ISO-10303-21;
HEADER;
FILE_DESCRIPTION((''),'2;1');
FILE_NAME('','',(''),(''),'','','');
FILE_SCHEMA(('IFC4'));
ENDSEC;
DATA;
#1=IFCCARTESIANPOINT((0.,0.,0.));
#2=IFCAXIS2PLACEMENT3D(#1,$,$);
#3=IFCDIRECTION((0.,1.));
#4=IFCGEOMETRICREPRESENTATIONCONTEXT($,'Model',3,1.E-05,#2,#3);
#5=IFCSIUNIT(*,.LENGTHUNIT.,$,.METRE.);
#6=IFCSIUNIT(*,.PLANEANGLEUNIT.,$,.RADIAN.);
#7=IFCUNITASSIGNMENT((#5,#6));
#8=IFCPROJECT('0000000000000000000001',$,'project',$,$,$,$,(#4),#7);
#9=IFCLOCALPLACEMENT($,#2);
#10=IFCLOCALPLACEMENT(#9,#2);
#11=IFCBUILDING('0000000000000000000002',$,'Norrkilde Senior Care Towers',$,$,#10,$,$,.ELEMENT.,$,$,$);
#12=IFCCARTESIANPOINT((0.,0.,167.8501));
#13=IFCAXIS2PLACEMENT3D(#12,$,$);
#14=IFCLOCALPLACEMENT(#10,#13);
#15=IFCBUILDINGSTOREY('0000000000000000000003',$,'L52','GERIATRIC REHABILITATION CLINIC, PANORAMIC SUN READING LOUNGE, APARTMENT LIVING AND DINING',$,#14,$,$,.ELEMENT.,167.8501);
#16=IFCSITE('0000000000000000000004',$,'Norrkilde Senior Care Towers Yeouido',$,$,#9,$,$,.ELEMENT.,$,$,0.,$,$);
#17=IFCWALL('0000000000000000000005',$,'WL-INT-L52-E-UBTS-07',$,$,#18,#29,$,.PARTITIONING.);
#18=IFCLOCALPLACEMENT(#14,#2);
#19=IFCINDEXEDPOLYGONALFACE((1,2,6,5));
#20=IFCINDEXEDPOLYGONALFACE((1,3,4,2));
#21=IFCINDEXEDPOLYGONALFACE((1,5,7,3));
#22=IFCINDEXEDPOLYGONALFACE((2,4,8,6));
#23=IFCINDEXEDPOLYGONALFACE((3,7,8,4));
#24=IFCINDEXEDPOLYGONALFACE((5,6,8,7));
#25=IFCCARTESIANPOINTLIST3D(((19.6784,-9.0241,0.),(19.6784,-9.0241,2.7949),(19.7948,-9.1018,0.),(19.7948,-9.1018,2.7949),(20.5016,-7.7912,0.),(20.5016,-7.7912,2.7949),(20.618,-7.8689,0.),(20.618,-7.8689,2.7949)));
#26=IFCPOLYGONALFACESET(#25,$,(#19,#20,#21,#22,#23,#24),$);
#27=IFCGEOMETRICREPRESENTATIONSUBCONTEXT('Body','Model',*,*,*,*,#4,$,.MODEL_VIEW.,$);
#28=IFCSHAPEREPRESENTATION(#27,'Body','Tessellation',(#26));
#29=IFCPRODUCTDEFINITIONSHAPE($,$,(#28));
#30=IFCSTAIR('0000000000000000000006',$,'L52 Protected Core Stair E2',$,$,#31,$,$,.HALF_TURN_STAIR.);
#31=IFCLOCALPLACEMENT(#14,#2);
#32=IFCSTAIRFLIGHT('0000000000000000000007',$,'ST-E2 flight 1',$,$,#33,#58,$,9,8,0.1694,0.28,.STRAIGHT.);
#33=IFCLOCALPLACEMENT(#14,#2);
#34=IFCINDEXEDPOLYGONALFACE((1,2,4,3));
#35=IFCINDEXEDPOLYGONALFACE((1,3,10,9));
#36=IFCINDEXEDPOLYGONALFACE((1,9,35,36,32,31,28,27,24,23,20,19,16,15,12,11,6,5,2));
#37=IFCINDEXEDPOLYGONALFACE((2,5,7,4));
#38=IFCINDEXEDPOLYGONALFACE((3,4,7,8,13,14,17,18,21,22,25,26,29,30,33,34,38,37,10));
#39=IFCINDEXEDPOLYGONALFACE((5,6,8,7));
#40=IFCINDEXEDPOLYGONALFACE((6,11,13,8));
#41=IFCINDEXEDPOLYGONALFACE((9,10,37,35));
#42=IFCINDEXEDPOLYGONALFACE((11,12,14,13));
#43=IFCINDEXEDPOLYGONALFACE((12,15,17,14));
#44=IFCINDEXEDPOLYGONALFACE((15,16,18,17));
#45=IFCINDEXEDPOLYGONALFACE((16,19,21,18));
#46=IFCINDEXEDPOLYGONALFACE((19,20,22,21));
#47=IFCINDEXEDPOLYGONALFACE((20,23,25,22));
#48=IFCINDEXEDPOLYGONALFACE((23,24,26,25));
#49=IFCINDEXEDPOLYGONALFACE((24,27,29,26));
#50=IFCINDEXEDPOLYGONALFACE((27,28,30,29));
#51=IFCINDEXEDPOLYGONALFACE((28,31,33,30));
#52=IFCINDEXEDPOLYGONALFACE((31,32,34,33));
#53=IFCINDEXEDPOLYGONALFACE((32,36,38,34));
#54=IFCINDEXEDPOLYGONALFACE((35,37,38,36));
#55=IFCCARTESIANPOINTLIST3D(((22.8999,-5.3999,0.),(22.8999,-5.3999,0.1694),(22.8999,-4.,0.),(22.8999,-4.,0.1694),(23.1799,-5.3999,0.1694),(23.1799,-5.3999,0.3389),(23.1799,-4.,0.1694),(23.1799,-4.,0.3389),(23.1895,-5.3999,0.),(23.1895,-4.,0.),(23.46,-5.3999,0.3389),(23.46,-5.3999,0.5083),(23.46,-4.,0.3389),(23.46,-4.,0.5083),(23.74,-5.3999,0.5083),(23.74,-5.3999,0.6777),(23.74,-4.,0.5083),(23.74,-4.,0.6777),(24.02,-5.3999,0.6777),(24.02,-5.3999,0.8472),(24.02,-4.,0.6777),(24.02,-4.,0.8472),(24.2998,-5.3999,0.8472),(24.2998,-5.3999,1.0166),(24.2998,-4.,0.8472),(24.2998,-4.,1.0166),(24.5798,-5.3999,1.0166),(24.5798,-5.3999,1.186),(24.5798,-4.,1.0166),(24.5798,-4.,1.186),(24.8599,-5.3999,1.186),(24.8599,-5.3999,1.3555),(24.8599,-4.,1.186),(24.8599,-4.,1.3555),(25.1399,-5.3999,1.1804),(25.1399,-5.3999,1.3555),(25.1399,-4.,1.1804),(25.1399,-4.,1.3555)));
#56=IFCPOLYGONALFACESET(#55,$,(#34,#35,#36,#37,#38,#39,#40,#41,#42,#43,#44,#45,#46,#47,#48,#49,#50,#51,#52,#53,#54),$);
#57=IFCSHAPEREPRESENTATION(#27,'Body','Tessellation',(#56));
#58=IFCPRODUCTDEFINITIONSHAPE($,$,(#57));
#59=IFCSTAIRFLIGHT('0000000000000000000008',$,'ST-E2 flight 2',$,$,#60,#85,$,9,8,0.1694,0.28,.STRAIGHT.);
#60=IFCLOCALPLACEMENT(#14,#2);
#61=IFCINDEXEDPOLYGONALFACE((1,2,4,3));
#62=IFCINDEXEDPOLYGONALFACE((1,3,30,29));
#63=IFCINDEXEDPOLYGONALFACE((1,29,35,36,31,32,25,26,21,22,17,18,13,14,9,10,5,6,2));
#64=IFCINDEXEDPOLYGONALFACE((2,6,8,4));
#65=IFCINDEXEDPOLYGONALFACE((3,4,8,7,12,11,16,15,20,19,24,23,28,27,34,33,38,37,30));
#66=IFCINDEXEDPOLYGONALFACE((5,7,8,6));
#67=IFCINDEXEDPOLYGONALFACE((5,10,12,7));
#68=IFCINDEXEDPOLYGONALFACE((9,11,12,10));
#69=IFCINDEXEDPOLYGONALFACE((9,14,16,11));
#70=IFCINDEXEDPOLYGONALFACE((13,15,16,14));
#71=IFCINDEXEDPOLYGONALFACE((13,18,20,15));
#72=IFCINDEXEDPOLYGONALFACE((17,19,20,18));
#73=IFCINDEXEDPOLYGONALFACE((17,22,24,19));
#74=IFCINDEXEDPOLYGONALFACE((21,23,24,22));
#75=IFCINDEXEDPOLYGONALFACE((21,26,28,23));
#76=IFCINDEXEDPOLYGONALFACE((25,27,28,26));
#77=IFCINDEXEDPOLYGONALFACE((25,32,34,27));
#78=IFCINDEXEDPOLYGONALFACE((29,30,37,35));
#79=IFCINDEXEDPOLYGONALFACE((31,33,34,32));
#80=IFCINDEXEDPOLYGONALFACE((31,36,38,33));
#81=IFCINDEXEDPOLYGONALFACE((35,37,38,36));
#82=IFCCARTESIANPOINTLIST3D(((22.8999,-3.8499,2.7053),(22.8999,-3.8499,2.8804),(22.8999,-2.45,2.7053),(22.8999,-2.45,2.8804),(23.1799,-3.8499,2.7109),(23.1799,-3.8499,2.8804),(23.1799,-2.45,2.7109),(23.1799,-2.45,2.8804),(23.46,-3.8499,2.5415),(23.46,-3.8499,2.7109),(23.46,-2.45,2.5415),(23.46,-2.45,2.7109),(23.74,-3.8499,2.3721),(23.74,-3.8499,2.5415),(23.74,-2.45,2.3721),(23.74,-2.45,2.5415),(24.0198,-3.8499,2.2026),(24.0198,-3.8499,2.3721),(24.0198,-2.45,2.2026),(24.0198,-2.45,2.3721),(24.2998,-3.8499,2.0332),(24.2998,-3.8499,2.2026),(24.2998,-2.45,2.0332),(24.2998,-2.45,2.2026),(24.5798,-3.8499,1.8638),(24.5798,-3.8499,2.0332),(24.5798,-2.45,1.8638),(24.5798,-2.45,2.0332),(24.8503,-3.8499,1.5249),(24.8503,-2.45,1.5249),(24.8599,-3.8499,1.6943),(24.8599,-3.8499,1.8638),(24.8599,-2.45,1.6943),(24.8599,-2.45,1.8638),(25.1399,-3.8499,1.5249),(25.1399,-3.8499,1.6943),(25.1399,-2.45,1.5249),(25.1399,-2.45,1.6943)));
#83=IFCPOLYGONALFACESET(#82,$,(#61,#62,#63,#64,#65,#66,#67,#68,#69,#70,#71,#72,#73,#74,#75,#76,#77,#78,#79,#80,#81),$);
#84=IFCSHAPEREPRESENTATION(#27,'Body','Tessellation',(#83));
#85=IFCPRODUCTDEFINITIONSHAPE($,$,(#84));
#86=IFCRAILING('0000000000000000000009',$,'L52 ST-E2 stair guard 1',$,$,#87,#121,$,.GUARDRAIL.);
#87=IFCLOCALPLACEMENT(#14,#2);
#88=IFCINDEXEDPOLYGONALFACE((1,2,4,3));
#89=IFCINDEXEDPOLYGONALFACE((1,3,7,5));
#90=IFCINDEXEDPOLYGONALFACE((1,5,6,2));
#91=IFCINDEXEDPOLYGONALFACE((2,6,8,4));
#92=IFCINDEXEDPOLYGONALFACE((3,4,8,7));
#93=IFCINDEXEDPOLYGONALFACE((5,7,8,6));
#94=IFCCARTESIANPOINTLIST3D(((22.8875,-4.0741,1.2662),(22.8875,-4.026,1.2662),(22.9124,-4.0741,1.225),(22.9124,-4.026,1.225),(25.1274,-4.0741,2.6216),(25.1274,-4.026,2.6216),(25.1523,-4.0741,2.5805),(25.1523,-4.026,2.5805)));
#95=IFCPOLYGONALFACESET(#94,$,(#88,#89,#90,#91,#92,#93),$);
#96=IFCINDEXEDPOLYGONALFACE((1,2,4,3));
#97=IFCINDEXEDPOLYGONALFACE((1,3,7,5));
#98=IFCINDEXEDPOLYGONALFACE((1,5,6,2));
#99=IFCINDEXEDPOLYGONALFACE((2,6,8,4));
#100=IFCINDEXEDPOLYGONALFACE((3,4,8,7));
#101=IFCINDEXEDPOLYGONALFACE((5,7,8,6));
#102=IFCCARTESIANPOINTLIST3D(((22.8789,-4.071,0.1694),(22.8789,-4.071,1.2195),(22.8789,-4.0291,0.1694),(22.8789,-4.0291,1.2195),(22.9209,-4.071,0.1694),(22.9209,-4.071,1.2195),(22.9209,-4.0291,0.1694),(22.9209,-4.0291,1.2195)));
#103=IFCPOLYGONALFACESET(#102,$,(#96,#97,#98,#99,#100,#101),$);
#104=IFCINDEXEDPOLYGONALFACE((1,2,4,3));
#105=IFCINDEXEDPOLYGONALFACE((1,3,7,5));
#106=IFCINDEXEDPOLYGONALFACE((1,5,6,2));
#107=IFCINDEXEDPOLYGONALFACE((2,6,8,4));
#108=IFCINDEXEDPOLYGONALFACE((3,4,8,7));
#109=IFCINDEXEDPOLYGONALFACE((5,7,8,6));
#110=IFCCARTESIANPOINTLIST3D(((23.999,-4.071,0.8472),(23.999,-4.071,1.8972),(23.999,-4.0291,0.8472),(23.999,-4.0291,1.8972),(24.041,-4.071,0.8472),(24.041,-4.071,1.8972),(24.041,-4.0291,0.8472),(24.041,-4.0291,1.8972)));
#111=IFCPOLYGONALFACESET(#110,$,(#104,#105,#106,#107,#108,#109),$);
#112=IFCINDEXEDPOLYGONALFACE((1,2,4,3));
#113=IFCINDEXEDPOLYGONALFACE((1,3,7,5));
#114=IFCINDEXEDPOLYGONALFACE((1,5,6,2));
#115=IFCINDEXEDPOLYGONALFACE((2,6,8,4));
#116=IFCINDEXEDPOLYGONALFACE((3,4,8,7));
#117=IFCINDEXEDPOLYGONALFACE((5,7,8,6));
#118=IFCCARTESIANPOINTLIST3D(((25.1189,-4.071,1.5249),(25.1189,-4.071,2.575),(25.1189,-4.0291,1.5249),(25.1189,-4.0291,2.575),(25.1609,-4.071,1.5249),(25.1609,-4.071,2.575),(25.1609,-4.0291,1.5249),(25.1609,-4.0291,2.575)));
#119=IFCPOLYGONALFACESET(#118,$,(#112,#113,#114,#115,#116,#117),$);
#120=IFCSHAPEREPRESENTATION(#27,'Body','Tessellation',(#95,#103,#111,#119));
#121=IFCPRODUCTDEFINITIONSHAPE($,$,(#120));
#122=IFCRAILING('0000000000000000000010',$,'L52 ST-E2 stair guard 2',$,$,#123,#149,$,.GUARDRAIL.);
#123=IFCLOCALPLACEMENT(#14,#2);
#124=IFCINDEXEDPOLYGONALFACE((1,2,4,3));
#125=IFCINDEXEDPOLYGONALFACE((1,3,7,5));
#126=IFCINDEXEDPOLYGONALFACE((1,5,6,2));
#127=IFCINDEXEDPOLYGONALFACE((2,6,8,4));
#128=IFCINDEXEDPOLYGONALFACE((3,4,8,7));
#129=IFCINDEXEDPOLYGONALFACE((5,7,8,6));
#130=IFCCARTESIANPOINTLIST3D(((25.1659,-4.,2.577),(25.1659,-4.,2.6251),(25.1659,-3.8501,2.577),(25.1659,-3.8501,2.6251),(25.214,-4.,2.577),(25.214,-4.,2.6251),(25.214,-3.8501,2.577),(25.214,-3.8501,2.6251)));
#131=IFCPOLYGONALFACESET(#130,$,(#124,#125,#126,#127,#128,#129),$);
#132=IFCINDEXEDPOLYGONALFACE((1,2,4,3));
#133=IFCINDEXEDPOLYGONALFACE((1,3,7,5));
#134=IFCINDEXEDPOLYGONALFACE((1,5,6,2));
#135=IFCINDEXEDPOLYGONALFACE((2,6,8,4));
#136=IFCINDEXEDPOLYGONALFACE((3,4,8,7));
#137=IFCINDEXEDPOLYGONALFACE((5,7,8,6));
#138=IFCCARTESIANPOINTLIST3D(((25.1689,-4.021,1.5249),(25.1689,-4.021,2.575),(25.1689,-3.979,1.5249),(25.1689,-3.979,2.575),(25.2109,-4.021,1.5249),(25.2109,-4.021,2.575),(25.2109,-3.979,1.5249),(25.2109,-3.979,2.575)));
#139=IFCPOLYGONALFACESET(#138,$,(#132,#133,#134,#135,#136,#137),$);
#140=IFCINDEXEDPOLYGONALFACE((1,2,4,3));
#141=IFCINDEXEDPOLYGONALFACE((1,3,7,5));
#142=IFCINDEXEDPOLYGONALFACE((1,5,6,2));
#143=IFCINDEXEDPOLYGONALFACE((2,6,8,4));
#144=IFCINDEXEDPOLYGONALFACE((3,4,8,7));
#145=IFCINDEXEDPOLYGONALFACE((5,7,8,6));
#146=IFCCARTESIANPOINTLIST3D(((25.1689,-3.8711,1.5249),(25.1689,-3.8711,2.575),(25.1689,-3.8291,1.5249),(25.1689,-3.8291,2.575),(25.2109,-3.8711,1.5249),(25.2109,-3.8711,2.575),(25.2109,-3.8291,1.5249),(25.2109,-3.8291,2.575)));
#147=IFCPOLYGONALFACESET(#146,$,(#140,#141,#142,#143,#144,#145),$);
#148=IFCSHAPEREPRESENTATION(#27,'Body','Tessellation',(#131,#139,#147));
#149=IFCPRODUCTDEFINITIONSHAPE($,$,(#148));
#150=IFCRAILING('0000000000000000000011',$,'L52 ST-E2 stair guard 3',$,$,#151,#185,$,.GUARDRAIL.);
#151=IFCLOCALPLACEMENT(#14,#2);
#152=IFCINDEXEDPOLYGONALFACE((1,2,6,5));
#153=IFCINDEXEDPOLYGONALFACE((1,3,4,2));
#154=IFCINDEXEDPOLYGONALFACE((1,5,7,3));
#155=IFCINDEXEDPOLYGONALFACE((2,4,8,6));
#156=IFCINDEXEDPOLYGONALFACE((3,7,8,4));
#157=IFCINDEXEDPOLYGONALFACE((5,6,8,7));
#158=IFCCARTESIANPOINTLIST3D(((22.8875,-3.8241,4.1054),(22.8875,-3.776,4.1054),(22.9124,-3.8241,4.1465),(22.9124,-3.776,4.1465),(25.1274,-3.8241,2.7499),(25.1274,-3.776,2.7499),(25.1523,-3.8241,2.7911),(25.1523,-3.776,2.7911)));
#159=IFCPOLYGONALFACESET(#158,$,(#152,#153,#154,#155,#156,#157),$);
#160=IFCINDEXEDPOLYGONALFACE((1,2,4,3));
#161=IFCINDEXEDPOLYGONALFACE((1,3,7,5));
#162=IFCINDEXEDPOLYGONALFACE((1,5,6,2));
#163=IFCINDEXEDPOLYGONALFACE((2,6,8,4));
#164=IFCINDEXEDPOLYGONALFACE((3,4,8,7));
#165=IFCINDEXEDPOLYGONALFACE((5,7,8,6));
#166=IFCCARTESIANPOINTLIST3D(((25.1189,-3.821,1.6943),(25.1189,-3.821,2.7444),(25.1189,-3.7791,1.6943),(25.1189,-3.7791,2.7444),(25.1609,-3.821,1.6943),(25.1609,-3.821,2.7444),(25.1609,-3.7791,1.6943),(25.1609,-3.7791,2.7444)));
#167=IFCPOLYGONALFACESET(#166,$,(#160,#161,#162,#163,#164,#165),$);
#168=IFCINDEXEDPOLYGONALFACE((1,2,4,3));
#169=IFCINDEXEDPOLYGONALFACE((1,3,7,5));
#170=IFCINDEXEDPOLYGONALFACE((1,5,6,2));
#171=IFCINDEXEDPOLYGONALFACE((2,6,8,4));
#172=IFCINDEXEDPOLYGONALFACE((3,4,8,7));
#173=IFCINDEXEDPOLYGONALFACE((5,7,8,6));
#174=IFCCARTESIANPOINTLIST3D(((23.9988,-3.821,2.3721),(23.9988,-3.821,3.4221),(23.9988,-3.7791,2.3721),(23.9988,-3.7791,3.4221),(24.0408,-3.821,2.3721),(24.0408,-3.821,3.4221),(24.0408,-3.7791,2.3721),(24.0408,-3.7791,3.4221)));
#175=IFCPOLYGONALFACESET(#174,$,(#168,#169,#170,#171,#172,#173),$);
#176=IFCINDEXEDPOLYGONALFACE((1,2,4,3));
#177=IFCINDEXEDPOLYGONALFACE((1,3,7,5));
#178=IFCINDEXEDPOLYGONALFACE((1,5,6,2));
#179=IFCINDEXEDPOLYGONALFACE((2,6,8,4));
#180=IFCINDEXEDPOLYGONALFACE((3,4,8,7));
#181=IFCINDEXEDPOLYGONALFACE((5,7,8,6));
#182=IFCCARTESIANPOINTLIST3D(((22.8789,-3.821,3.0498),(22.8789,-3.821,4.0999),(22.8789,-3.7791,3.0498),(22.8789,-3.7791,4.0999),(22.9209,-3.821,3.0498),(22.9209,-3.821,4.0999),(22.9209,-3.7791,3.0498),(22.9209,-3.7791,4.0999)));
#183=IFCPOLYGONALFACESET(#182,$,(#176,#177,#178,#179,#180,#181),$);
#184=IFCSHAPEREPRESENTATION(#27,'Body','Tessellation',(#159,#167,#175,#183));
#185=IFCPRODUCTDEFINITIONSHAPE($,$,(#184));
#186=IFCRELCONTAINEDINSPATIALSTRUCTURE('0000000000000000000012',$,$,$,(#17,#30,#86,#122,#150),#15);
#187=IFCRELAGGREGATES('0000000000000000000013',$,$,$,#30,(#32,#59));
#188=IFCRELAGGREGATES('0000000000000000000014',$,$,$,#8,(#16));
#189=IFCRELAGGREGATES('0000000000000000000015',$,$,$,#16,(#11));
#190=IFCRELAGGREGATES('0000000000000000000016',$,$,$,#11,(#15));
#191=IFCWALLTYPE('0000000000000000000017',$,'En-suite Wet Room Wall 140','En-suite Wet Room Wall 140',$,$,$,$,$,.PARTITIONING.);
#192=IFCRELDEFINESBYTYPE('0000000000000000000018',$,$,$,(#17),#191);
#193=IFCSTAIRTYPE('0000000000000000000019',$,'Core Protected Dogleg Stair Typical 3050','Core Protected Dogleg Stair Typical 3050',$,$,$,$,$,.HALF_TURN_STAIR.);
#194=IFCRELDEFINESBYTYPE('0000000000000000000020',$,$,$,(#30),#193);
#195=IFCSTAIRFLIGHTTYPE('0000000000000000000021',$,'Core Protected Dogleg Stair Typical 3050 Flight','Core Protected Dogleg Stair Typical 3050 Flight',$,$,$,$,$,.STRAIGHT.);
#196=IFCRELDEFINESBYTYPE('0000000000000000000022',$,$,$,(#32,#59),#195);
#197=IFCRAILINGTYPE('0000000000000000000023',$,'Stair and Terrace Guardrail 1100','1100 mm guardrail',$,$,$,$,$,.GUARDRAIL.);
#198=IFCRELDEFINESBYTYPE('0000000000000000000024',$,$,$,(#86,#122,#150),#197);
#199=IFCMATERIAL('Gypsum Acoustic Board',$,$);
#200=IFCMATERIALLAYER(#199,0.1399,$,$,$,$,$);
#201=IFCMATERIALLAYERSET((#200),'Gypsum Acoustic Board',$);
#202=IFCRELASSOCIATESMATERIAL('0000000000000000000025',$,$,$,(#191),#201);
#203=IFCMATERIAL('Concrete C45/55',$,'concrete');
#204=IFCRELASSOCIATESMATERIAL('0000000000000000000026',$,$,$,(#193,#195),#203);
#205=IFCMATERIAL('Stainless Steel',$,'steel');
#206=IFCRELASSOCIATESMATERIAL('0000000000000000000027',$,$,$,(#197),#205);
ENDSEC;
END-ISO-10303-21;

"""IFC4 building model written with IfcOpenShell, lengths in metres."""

from ifc_helpers import new_model, si_unit, direction, frame, frame_2d, origin, origin_2d, place, context, subcontext, project, spatial, polyline, rectangle, outline, extrude, source, transform, mapped, material, layer, layer_set, type_object, type_shapes, element, aggregate, save


model = new_model("IFC4")

# Units and contexts
model_context = context("Model", 3, precision=1e-05, world=origin(), true_north=direction((0.0, 1.0)))
body_context = subcontext(model_context, "Body", "Model", "MODEL_VIEW")
ifc_project = project(units=[si_unit("LENGTHUNIT", "METRE"), si_unit("PLANEANGLEUNIT", "RADIAN")], contexts=[model_context])

# Site, building, storey
site_placement = place(None, origin())
site = spatial("IfcSite", under=ifc_project, at=site_placement, Name="Norrkilde Senior Care Towers Yeouido", CompositionType="ELEMENT", RefElevation=0.0)
building_placement = place(site_placement, origin())
building = spatial("IfcBuilding", under=site, at=building_placement, Name="Norrkilde Senior Care Towers", CompositionType="ELEMENT")
storey_placement = place(building_placement, frame((0.0, 0.0, 167.8501)))
storey = spatial("IfcBuildingStorey", under=building, at=storey_placement, Name="L52", Description="GERIATRIC REHABILITATION CLINIC, PANORAMIC SUN READING LOUNGE, APARTMENT LIVING AND DINING", CompositionType="ELEMENT", Elevation=167.8501)

# Shared definitions
ifc_material_1 = material(Name="Concrete C45/55", Category="concrete")

# Shared definitions
ifc_material_2 = material(Name="Gypsum Acoustic Board")

# Wall
ifc_layer_1 = layer(ifc_material_2, 0.1399)
ifc_layer_set_1 = layer_set([ifc_layer_1], Name="Gypsum Acoustic Board")
wall_type_1 = type_object("IfcWallType", Name="En-suite Wet Room Wall 140", Description="En-suite Wet Room Wall 140", PredefinedType="PARTITIONING", material=ifc_layer_set_1)
shared_shape_1 = source(origin(), body_context, "Body", "SweptSolid", [
    extrude(rectangle(XDim=1.4824, YDim=0.1399, at=frame_2d((0.7412, 0.0))), origin(), (0.0, 0.0, 1.0), 2.7949),
])
type_shapes(wall_type_1, [shared_shape_1])
wall_1_placement = place(storey_placement, frame((20.5598, -7.8301, 0.0), z_axis=(0.0, 0.0, 1.0), x_axis=(-0.555308, -0.831645, 0.0)))
element("IfcWall", 1, at=wall_1_placement, inside=storey, type_object=wall_type_1, Name="WL-INT-L52-E-UBTS-07", PredefinedType="PARTITIONING", context=body_context, shape_type="MappedRepresentation", body=[
    mapped(shared_shape_1, transform((0.0, 0.0, 0.0), x_axis=(1.0, 0.0, 0.0), y_axis=(0.0, 1.0, 0.0), z_axis=(0.0, 0.0, 1.0), scale=1.0)),
])

# Stair, stair flights
stair_type = type_object("IfcStairType", Name="Core Protected Dogleg Stair Typical 3050", Description="Core Protected Dogleg Stair Typical 3050", PredefinedType="HALF_TURN_STAIR", material=ifc_material_1)
stair_placement = place(storey_placement, origin())
stair = element("IfcStair", 2, at=stair_placement, inside=storey, type_object=stair_type, Name="L52 Protected Core Stair E2", PredefinedType="HALF_TURN_STAIR")
stair_flight_type = type_object("IfcStairFlightType", Name="Core Protected Dogleg Stair Typical 3050 Flight", Description="Core Protected Dogleg Stair Typical 3050 Flight", PredefinedType="STRAIGHT", material=ifc_material_1)
stair_flight_1_placement = place(storey_placement, frame((22.8999, -4.7, 0.0), z_axis=(0.0, 0.0, 1.0), x_axis=(1.0, 0.0, 0.0)))
stair_flight_1 = element("IfcStairFlight", 3, at=stair_flight_1_placement, type_object=stair_flight_type, Name="ST-E2 flight 1", NumberOfRisers=9, NumberOfTreads=8, PredefinedType="STRAIGHT", RiserHeight=0.1694, TreadLength=0.28, context=body_context, shape_type="SweptSolid", body=[
    extrude(outline(polyline([(0.0, 0.0), (0.0, 0.1694), (0.28, 0.1694), (0.28, 0.3389), (0.5601, 0.3389), (0.5601, 0.5083), (0.8401, 0.5083), (0.8401, 0.6777), (1.1201, 0.6777), (1.1201, 0.8472), (1.3999, 0.8472), (1.3999, 1.0166), (1.6799, 1.0166), (1.6799, 1.186), (1.96, 1.186), (1.96, 1.3555), (2.24, 1.3555), (2.24, 1.5249), (2.24, 1.1804), (0.2896, 0.0), (0.0, 0.0)])), frame((0.0, 0.7, 0.0), z_axis=(0.0, -1.0, 0.0), x_axis=(1.0, 0.0, 0.0)), (0.0, 0.0, 1.0), 1.3999),
])
stair_flight_2_placement = place(storey_placement, frame((25.1399, -3.1499, 1.5249), z_axis=(0.0, 0.0, 1.0), x_axis=(-1.0, 0.0, 0.0)))
stair_flight_2 = element("IfcStairFlight", 4, at=stair_flight_2_placement, type_object=stair_flight_type, Name="ST-E2 flight 2", NumberOfRisers=9, NumberOfTreads=8, PredefinedType="STRAIGHT", RiserHeight=0.1694, TreadLength=0.28, context=body_context, shape_type="SweptSolid", body=[
    extrude(outline(polyline([(0.0, 0.0), (0.0, 0.1694), (0.28, 0.1694), (0.28, 0.3389), (0.5601, 0.3389), (0.5601, 0.5083), (0.8401, 0.5083), (0.8401, 0.6777), (1.1201, 0.6777), (1.1201, 0.8472), (1.3999, 0.8472), (1.3999, 1.0166), (1.6799, 1.0166), (1.6799, 1.186), (1.96, 1.186), (1.96, 1.3555), (2.24, 1.3555), (2.24, 1.5249), (2.24, 1.1804), (0.2896, 0.0), (0.0, 0.0)])), frame((0.0, 0.7, 0.0), z_axis=(0.0, -1.0, 0.0), x_axis=(1.0, 0.0, 0.0)), (0.0, 0.0, 1.0), 1.3999),
])
aggregate(stair, [stair_flight_1, stair_flight_2])

# Railings
ifc_material_3 = material(Name="Stainless Steel", Category="steel")
railing_type_1 = type_object("IfcRailingType", Name="Stair and Terrace Guardrail 1100", Description="1100 mm guardrail", PredefinedType="GUARDRAIL", material=ifc_material_3)
railing_1_placement = place(storey_placement, frame((22.8999, -4.05, 0.1694)))
element("IfcRailing", 5, at=railing_1_placement, inside=storey, type_object=railing_type_1, Name="L52 ST-E2 stair guard 1", PredefinedType="GUARDRAIL", context=body_context, shape_type="SweptSolid", body=[
    extrude(rectangle(XDim=0.0481, YDim=0.0481, at=origin_2d()), frame((0.0, 0.0, 1.0762), z_axis=(0.855553, 0.0, 0.517715), x_axis=(0.0, 1.0, 0.0)), (0.0, 0.0, 1.0), 2.6182),
    extrude(rectangle(XDim=0.042, YDim=0.042, at=origin_2d()), origin(), (0.0, 0.0, 1.0), 1.05),
    extrude(rectangle(XDim=0.042, YDim=0.042, at=origin_2d()), frame((1.1201, 0.0, 0.6777)), (0.0, 0.0, 1.0), 1.05),
    extrude(rectangle(XDim=0.042, YDim=0.042, at=origin_2d()), frame((2.24, 0.0, 1.3555)), (0.0, 0.0, 1.0), 1.05),
])
railing_2_placement = place(storey_placement, frame((25.1899, -4.0, 1.5249)))
element("IfcRailing", 6, at=railing_2_placement, inside=storey, type_object=railing_type_1, Name="L52 ST-E2 stair guard 2", PredefinedType="GUARDRAIL", context=body_context, shape_type="SweptSolid", body=[
    extrude(rectangle(XDim=0.0481, YDim=0.0481, at=origin_2d()), frame((0.0, 0.0, 1.0762), z_axis=(0.0, 1.0, 0.0), x_axis=(-1.0, 0.0, 0.0)), (0.0, 0.0, 1.0), 0.1499),
    extrude(rectangle(XDim=0.042, YDim=0.042, at=origin_2d()), origin(), (0.0, 0.0, 1.0), 1.05),
    extrude(rectangle(XDim=0.042, YDim=0.042, at=origin_2d()), frame((0.0, 0.1499, 0.0)), (0.0, 0.0, 1.0), 1.05),
])
railing_3_placement = place(storey_placement, frame((25.1399, -3.8, 1.6943)))
element("IfcRailing", 7, at=railing_3_placement, inside=storey, type_object=railing_type_1, Name="L52 ST-E2 stair guard 3", PredefinedType="GUARDRAIL", context=body_context, shape_type="SweptSolid", body=[
    extrude(rectangle(XDim=0.0481, YDim=0.0481, at=origin_2d()), frame((0.0, 0.0, 1.0762), z_axis=(-0.855553, 0.0, 0.517715), x_axis=(0.0, -1.0, 0.0)), (0.0, 0.0, 1.0), 2.6182),
    extrude(rectangle(XDim=0.042, YDim=0.042, at=origin_2d()), origin(), (0.0, 0.0, 1.0), 1.05),
    extrude(rectangle(XDim=0.042, YDim=0.042, at=origin_2d()), frame((-1.1201, 0.0, 0.6777)), (0.0, 0.0, 1.0), 1.05),
    extrude(rectangle(XDim=0.042, YDim=0.042, at=origin_2d()), frame((-2.24, 0.0, 1.3555)), (0.0, 0.0, 1.0), 1.05),
])

save(model, "model.ifc")
